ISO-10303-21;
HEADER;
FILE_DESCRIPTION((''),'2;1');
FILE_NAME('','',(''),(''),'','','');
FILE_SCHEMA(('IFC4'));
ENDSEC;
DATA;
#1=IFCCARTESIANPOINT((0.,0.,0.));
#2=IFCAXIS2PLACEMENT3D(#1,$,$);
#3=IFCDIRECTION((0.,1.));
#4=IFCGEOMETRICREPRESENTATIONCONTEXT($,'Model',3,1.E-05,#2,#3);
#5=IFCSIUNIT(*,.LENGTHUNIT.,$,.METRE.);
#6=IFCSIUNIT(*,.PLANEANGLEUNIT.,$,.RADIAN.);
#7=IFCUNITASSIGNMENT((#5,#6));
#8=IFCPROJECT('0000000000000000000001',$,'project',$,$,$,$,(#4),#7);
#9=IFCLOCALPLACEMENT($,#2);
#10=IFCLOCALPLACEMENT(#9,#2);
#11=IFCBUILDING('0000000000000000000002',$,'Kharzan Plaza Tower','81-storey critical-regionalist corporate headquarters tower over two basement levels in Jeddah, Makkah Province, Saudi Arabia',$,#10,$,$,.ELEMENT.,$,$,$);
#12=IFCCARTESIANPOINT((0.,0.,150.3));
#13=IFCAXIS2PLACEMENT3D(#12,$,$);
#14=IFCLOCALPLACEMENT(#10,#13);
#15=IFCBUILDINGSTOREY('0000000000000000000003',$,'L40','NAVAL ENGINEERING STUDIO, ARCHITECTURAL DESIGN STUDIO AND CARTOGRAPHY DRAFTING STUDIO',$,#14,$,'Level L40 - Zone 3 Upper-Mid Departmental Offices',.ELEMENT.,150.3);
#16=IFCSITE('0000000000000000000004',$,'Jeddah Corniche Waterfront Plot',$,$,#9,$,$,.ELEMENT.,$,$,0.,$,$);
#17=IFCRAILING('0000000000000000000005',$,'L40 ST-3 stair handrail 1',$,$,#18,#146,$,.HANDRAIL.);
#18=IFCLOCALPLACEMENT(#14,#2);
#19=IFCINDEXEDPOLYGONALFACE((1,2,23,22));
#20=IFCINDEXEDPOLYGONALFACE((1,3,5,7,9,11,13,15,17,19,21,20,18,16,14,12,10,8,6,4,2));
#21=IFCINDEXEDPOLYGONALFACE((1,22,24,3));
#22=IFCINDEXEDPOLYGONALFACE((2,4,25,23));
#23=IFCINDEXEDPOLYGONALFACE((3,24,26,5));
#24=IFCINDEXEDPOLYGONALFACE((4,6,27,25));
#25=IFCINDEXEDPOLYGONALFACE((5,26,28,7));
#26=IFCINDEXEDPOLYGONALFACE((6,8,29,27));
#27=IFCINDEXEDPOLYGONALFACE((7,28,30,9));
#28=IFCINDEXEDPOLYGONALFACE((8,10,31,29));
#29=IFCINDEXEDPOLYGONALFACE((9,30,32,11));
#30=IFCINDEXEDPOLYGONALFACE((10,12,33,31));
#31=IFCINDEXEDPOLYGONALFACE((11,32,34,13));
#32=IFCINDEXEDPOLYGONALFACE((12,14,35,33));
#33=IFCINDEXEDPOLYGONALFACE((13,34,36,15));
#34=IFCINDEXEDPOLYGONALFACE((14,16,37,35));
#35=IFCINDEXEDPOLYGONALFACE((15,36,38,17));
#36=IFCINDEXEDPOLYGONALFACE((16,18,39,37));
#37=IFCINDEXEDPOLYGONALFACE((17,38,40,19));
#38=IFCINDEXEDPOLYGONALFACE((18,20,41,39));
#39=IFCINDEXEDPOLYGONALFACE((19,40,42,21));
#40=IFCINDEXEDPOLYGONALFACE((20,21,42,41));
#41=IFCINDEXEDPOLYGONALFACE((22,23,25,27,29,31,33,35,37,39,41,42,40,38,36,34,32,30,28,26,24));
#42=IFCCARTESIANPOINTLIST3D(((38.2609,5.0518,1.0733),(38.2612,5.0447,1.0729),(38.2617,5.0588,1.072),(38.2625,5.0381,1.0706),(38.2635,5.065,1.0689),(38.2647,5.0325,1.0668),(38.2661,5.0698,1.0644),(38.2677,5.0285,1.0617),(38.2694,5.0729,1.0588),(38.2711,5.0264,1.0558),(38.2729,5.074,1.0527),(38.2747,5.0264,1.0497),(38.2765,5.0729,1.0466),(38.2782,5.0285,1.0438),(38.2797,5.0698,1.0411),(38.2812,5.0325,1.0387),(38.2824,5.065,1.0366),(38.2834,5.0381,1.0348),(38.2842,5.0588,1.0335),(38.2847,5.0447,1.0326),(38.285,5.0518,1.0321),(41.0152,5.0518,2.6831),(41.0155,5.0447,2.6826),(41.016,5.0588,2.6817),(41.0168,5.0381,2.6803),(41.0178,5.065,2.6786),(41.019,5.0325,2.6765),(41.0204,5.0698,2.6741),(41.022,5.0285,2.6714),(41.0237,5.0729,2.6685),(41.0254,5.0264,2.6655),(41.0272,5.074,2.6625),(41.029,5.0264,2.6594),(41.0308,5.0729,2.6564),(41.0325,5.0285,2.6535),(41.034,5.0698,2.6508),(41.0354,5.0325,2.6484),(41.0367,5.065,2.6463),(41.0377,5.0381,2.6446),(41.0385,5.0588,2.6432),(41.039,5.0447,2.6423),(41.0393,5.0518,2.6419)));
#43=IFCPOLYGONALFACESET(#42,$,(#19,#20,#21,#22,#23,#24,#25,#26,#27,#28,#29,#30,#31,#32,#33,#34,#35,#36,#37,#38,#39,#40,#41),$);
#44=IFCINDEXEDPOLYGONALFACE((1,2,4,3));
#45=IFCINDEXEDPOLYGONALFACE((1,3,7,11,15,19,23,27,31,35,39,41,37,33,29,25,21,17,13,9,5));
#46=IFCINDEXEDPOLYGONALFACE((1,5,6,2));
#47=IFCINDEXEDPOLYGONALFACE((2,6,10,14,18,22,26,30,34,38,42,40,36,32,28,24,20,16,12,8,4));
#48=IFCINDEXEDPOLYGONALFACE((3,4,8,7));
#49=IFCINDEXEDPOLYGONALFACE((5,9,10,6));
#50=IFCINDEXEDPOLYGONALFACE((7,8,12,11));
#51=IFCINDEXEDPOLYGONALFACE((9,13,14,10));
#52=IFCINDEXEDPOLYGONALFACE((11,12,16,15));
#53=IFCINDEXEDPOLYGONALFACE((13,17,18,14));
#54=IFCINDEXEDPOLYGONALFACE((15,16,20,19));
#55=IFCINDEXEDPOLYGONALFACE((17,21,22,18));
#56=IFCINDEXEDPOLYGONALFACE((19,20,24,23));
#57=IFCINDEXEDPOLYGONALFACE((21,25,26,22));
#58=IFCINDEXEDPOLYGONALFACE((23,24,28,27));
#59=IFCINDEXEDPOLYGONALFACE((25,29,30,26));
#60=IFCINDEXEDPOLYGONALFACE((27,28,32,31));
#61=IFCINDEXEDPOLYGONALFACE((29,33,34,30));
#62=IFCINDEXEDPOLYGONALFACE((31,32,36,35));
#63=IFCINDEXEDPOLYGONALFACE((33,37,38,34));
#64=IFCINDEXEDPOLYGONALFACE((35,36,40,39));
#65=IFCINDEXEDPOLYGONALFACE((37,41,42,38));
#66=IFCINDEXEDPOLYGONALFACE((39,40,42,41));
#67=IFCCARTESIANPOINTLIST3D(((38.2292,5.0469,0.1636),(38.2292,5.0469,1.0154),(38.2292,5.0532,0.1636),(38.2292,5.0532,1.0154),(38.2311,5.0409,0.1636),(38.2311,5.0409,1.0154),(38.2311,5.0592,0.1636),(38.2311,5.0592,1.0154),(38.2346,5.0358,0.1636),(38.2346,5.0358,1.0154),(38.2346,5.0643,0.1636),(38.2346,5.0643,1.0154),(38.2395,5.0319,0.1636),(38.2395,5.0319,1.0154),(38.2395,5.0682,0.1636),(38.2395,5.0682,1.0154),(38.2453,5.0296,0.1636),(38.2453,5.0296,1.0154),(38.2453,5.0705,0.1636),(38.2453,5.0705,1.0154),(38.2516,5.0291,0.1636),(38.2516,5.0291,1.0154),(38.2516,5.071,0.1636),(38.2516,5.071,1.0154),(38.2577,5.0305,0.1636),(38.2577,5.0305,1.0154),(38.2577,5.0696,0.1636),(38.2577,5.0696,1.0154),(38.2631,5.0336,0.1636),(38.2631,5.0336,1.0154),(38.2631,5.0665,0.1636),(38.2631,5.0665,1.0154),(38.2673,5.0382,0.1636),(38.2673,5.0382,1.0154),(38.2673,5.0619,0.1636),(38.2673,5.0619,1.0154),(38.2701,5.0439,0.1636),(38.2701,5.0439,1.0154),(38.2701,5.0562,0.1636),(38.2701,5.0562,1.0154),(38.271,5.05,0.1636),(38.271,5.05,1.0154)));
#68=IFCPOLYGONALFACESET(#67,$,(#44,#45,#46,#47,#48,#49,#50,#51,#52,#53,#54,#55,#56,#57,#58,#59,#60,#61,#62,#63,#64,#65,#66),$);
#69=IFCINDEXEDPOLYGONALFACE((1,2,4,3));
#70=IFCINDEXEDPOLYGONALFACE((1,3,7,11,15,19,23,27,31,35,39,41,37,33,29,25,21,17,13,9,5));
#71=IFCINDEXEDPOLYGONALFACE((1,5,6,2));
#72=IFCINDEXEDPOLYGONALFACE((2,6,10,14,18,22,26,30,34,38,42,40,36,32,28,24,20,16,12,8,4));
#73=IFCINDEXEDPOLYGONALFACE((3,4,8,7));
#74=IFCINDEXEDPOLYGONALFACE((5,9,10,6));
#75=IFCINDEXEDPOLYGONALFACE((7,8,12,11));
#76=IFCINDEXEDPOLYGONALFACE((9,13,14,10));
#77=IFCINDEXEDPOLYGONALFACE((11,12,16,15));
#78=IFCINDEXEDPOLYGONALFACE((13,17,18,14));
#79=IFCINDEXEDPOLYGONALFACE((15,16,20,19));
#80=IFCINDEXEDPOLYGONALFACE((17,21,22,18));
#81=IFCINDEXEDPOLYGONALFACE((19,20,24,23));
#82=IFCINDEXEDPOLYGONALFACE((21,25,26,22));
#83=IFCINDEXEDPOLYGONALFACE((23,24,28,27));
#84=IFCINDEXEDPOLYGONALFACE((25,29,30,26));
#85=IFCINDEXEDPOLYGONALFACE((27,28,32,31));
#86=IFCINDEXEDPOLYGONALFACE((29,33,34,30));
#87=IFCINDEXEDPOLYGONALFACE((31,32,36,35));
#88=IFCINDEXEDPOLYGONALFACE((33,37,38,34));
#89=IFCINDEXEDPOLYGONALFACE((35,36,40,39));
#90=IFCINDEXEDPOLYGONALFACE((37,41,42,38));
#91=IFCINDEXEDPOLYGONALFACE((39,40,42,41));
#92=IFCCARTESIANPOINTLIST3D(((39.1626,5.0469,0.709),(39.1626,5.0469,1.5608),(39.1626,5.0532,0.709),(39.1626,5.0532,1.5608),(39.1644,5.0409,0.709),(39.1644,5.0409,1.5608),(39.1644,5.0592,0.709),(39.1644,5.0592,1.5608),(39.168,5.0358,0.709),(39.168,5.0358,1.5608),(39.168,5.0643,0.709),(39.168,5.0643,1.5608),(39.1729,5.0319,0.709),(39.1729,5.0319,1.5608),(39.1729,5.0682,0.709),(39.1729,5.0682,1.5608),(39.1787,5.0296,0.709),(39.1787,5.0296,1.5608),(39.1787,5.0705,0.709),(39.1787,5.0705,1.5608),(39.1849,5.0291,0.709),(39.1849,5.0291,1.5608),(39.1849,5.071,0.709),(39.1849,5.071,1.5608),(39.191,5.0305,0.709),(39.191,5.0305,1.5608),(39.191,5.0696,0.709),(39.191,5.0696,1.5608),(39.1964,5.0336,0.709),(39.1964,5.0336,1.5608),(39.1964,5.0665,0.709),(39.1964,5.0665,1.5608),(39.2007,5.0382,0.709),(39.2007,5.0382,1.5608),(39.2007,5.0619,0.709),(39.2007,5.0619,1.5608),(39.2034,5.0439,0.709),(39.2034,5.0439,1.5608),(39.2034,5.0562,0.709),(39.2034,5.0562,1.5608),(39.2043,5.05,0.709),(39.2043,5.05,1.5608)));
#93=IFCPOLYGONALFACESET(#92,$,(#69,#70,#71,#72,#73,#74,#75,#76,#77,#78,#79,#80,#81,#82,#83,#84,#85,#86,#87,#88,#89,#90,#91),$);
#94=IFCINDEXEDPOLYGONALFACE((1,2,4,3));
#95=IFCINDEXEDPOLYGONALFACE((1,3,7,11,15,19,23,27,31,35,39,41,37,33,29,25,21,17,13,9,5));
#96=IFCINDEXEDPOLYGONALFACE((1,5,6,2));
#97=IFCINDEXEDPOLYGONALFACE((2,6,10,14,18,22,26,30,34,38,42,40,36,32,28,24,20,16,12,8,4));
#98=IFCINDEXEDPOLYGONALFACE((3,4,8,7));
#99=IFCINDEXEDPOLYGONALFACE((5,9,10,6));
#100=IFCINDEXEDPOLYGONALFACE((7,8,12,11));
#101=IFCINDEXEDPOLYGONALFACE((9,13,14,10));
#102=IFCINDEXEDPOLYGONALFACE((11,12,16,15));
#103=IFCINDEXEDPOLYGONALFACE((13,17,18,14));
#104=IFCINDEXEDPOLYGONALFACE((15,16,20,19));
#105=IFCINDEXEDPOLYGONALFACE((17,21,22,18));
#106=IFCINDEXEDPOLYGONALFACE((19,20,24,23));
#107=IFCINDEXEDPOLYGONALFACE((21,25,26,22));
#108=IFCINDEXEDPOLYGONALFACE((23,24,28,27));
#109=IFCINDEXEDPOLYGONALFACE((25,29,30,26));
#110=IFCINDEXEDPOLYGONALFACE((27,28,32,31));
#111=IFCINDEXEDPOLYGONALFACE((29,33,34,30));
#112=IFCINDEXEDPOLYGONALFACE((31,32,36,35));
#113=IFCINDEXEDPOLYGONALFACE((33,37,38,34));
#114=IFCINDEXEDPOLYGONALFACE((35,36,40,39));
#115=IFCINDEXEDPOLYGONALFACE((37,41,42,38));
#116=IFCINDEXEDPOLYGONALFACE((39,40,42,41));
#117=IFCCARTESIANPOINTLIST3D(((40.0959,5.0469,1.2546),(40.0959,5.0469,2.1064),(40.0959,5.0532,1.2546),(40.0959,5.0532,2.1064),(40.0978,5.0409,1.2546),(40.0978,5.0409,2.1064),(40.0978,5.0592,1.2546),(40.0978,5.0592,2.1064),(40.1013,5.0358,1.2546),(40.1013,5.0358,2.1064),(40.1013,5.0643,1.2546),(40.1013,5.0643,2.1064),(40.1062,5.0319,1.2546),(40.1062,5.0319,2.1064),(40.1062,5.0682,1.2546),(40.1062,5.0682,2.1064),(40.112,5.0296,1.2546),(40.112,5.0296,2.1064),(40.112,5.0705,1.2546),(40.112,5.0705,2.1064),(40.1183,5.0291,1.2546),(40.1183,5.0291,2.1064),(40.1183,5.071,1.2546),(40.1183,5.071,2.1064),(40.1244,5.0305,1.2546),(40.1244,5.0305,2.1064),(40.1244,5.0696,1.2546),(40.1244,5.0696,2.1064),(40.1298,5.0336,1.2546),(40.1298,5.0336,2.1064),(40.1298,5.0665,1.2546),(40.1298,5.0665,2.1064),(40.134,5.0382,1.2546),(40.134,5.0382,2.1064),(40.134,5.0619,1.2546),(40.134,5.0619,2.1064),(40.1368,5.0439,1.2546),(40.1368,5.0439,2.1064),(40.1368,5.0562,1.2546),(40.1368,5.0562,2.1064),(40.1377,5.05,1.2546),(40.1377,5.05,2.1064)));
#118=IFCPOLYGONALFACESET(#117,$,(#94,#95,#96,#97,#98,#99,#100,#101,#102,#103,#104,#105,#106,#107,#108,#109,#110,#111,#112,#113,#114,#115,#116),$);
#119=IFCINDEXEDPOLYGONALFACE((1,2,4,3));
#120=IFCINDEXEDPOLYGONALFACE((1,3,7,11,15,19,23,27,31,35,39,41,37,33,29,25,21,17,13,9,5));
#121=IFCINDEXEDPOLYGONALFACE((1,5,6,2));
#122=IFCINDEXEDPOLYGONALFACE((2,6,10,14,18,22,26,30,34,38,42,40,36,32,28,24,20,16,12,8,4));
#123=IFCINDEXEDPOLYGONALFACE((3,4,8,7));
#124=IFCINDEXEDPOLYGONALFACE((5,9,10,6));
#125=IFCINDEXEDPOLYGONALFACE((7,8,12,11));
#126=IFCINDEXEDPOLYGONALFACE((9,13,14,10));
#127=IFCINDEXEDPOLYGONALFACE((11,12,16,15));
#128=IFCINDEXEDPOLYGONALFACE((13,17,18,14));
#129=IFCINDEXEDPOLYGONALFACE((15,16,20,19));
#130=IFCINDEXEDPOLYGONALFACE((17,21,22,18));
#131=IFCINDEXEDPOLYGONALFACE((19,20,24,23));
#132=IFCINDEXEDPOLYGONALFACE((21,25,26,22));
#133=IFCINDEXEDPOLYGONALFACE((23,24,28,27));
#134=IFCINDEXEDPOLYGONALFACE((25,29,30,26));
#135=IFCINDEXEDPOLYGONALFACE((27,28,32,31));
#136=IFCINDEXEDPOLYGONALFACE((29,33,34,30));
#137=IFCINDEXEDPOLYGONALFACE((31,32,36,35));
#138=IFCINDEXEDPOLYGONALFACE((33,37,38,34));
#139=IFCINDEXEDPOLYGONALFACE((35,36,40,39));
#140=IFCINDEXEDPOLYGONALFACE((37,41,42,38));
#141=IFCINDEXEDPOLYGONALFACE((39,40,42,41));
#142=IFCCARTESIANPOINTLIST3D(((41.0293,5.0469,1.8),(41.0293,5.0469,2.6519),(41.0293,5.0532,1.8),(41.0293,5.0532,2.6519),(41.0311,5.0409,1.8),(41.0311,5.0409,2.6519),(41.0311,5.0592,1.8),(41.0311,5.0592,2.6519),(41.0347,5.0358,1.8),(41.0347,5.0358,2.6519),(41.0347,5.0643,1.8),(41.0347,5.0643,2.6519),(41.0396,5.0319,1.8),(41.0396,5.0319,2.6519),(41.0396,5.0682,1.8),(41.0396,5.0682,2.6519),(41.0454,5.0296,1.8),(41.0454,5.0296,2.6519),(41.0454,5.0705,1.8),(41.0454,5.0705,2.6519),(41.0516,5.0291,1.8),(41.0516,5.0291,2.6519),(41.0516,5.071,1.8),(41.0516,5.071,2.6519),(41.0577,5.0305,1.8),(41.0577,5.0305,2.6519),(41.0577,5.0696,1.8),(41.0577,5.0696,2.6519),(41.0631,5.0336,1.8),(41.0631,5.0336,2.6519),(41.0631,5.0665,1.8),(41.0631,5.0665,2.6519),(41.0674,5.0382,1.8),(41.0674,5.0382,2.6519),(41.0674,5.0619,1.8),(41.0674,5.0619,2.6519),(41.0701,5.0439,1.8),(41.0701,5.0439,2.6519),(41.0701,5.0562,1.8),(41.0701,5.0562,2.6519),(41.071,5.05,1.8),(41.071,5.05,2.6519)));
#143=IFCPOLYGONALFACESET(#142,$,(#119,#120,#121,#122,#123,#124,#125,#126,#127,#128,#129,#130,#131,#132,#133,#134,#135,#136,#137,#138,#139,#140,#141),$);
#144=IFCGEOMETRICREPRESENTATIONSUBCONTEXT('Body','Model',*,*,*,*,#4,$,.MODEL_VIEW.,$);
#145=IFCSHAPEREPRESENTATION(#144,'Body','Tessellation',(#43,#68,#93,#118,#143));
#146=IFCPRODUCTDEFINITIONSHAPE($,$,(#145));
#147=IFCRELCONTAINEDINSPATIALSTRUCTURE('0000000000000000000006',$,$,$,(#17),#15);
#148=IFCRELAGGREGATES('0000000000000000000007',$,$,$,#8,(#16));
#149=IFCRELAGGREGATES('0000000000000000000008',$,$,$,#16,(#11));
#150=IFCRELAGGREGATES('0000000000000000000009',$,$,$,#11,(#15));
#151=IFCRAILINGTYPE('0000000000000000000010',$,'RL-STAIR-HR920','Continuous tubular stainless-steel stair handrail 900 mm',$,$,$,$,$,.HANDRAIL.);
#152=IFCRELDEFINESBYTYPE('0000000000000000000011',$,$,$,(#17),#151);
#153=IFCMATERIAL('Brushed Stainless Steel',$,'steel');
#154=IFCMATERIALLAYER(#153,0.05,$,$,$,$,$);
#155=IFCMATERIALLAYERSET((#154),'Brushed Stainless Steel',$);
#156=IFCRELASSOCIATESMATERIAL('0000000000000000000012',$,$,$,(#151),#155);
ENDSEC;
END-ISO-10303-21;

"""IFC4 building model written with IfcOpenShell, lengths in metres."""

from ifc_helpers import new_model, si_unit, direction, frame, origin, origin_2d, place, context, subcontext, project, spatial, circle, extrude, source, transform, mapped, material, layer, layer_set, type_object, element, save


model = new_model("IFC4")

# Units and contexts
model_context = context("Model", 3, precision=1e-05, world=origin(), true_north=direction((0.0, 1.0)))
body_context = subcontext(model_context, "Body", "Model", "MODEL_VIEW")
ifc_project = project(units=[si_unit("LENGTHUNIT", "METRE"), si_unit("PLANEANGLEUNIT", "RADIAN")], contexts=[model_context])

# Site, building, storey
site_placement = place(None, origin())
site = spatial("IfcSite", under=ifc_project, at=site_placement, Name="Jeddah Corniche Waterfront Plot", CompositionType="ELEMENT", RefElevation=0.0)
building_placement = place(site_placement, origin())
building = spatial("IfcBuilding", under=site, at=building_placement, Name="Kharzan Plaza Tower", Description="81-storey critical-regionalist corporate headquarters tower over two basement levels in Jeddah, Makkah Province, Saudi Arabia", CompositionType="ELEMENT")
storey_placement = place(building_placement, frame((0.0, 0.0, 150.3)))
storey = spatial("IfcBuildingStorey", under=building, at=storey_placement, Name="L40", Description="NAVAL ENGINEERING STUDIO, ARCHITECTURAL DESIGN STUDIO AND CARTOGRAPHY DRAFTING STUDIO", LongName="Level L40 - Zone 3 Upper-Mid Departmental Offices", CompositionType="ELEMENT", Elevation=150.3)

# Railing
ifc_material_1 = material(Name="Brushed Stainless Steel", Category="steel")
ifc_layer_1 = layer(ifc_material_1, 0.05)
ifc_layer_set_1 = layer_set([ifc_layer_1], Name="Brushed Stainless Steel")
railing_type_1 = type_object("IfcRailingType", Name="RL-STAIR-HR920", Description="Continuous tubular stainless-steel stair handrail 900 mm", PredefinedType="HANDRAIL", material=ifc_layer_set_1)
shared_shape_1 = source(origin(), body_context, "Body", "SweptSolid", [
    extrude(circle(Radius=0.0239, at=origin_2d()), frame((0.0229, 0.0, 0.8892), z_axis=(0.863361, 0.0, 0.504587), x_axis=(0.0, 1.0, 0.0)), (0.0, 0.0, 1.0), 3.1902),
    extrude(circle(Radius=0.021, at=origin_2d()), origin(), (0.0, 0.0, 1.0), 0.8518),
    extrude(circle(Radius=0.021, at=origin_2d()), frame((0.9333, 0.0, 0.5454)), (0.0, 0.0, 1.0), 0.8518),
    extrude(circle(Radius=0.021, at=origin_2d()), frame((1.8667, 0.0, 1.0911)), (0.0, 0.0, 1.0), 0.8518),
    extrude(circle(Radius=0.021, at=origin_2d()), frame((2.8, 0.0, 1.6365)), (0.0, 0.0, 1.0), 0.8518),
])
railing_1_placement = place(storey_placement, frame((38.25, 5.05, 0.1636)))
element("IfcRailing", 1, at=railing_1_placement, inside=storey, type_object=railing_type_1, Name="L40 ST-3 stair handrail 1", PredefinedType="HANDRAIL", context=body_context, shape_type="MappedRepresentation", body=[
    mapped(shared_shape_1, transform((0.0, 0.0, 0.0), x_axis=(1.0, 0.0, 0.0), y_axis=(0.0, 1.0, 0.0), z_axis=(0.0, 0.0, 1.0))),
])

save(model, "model.ifc")
